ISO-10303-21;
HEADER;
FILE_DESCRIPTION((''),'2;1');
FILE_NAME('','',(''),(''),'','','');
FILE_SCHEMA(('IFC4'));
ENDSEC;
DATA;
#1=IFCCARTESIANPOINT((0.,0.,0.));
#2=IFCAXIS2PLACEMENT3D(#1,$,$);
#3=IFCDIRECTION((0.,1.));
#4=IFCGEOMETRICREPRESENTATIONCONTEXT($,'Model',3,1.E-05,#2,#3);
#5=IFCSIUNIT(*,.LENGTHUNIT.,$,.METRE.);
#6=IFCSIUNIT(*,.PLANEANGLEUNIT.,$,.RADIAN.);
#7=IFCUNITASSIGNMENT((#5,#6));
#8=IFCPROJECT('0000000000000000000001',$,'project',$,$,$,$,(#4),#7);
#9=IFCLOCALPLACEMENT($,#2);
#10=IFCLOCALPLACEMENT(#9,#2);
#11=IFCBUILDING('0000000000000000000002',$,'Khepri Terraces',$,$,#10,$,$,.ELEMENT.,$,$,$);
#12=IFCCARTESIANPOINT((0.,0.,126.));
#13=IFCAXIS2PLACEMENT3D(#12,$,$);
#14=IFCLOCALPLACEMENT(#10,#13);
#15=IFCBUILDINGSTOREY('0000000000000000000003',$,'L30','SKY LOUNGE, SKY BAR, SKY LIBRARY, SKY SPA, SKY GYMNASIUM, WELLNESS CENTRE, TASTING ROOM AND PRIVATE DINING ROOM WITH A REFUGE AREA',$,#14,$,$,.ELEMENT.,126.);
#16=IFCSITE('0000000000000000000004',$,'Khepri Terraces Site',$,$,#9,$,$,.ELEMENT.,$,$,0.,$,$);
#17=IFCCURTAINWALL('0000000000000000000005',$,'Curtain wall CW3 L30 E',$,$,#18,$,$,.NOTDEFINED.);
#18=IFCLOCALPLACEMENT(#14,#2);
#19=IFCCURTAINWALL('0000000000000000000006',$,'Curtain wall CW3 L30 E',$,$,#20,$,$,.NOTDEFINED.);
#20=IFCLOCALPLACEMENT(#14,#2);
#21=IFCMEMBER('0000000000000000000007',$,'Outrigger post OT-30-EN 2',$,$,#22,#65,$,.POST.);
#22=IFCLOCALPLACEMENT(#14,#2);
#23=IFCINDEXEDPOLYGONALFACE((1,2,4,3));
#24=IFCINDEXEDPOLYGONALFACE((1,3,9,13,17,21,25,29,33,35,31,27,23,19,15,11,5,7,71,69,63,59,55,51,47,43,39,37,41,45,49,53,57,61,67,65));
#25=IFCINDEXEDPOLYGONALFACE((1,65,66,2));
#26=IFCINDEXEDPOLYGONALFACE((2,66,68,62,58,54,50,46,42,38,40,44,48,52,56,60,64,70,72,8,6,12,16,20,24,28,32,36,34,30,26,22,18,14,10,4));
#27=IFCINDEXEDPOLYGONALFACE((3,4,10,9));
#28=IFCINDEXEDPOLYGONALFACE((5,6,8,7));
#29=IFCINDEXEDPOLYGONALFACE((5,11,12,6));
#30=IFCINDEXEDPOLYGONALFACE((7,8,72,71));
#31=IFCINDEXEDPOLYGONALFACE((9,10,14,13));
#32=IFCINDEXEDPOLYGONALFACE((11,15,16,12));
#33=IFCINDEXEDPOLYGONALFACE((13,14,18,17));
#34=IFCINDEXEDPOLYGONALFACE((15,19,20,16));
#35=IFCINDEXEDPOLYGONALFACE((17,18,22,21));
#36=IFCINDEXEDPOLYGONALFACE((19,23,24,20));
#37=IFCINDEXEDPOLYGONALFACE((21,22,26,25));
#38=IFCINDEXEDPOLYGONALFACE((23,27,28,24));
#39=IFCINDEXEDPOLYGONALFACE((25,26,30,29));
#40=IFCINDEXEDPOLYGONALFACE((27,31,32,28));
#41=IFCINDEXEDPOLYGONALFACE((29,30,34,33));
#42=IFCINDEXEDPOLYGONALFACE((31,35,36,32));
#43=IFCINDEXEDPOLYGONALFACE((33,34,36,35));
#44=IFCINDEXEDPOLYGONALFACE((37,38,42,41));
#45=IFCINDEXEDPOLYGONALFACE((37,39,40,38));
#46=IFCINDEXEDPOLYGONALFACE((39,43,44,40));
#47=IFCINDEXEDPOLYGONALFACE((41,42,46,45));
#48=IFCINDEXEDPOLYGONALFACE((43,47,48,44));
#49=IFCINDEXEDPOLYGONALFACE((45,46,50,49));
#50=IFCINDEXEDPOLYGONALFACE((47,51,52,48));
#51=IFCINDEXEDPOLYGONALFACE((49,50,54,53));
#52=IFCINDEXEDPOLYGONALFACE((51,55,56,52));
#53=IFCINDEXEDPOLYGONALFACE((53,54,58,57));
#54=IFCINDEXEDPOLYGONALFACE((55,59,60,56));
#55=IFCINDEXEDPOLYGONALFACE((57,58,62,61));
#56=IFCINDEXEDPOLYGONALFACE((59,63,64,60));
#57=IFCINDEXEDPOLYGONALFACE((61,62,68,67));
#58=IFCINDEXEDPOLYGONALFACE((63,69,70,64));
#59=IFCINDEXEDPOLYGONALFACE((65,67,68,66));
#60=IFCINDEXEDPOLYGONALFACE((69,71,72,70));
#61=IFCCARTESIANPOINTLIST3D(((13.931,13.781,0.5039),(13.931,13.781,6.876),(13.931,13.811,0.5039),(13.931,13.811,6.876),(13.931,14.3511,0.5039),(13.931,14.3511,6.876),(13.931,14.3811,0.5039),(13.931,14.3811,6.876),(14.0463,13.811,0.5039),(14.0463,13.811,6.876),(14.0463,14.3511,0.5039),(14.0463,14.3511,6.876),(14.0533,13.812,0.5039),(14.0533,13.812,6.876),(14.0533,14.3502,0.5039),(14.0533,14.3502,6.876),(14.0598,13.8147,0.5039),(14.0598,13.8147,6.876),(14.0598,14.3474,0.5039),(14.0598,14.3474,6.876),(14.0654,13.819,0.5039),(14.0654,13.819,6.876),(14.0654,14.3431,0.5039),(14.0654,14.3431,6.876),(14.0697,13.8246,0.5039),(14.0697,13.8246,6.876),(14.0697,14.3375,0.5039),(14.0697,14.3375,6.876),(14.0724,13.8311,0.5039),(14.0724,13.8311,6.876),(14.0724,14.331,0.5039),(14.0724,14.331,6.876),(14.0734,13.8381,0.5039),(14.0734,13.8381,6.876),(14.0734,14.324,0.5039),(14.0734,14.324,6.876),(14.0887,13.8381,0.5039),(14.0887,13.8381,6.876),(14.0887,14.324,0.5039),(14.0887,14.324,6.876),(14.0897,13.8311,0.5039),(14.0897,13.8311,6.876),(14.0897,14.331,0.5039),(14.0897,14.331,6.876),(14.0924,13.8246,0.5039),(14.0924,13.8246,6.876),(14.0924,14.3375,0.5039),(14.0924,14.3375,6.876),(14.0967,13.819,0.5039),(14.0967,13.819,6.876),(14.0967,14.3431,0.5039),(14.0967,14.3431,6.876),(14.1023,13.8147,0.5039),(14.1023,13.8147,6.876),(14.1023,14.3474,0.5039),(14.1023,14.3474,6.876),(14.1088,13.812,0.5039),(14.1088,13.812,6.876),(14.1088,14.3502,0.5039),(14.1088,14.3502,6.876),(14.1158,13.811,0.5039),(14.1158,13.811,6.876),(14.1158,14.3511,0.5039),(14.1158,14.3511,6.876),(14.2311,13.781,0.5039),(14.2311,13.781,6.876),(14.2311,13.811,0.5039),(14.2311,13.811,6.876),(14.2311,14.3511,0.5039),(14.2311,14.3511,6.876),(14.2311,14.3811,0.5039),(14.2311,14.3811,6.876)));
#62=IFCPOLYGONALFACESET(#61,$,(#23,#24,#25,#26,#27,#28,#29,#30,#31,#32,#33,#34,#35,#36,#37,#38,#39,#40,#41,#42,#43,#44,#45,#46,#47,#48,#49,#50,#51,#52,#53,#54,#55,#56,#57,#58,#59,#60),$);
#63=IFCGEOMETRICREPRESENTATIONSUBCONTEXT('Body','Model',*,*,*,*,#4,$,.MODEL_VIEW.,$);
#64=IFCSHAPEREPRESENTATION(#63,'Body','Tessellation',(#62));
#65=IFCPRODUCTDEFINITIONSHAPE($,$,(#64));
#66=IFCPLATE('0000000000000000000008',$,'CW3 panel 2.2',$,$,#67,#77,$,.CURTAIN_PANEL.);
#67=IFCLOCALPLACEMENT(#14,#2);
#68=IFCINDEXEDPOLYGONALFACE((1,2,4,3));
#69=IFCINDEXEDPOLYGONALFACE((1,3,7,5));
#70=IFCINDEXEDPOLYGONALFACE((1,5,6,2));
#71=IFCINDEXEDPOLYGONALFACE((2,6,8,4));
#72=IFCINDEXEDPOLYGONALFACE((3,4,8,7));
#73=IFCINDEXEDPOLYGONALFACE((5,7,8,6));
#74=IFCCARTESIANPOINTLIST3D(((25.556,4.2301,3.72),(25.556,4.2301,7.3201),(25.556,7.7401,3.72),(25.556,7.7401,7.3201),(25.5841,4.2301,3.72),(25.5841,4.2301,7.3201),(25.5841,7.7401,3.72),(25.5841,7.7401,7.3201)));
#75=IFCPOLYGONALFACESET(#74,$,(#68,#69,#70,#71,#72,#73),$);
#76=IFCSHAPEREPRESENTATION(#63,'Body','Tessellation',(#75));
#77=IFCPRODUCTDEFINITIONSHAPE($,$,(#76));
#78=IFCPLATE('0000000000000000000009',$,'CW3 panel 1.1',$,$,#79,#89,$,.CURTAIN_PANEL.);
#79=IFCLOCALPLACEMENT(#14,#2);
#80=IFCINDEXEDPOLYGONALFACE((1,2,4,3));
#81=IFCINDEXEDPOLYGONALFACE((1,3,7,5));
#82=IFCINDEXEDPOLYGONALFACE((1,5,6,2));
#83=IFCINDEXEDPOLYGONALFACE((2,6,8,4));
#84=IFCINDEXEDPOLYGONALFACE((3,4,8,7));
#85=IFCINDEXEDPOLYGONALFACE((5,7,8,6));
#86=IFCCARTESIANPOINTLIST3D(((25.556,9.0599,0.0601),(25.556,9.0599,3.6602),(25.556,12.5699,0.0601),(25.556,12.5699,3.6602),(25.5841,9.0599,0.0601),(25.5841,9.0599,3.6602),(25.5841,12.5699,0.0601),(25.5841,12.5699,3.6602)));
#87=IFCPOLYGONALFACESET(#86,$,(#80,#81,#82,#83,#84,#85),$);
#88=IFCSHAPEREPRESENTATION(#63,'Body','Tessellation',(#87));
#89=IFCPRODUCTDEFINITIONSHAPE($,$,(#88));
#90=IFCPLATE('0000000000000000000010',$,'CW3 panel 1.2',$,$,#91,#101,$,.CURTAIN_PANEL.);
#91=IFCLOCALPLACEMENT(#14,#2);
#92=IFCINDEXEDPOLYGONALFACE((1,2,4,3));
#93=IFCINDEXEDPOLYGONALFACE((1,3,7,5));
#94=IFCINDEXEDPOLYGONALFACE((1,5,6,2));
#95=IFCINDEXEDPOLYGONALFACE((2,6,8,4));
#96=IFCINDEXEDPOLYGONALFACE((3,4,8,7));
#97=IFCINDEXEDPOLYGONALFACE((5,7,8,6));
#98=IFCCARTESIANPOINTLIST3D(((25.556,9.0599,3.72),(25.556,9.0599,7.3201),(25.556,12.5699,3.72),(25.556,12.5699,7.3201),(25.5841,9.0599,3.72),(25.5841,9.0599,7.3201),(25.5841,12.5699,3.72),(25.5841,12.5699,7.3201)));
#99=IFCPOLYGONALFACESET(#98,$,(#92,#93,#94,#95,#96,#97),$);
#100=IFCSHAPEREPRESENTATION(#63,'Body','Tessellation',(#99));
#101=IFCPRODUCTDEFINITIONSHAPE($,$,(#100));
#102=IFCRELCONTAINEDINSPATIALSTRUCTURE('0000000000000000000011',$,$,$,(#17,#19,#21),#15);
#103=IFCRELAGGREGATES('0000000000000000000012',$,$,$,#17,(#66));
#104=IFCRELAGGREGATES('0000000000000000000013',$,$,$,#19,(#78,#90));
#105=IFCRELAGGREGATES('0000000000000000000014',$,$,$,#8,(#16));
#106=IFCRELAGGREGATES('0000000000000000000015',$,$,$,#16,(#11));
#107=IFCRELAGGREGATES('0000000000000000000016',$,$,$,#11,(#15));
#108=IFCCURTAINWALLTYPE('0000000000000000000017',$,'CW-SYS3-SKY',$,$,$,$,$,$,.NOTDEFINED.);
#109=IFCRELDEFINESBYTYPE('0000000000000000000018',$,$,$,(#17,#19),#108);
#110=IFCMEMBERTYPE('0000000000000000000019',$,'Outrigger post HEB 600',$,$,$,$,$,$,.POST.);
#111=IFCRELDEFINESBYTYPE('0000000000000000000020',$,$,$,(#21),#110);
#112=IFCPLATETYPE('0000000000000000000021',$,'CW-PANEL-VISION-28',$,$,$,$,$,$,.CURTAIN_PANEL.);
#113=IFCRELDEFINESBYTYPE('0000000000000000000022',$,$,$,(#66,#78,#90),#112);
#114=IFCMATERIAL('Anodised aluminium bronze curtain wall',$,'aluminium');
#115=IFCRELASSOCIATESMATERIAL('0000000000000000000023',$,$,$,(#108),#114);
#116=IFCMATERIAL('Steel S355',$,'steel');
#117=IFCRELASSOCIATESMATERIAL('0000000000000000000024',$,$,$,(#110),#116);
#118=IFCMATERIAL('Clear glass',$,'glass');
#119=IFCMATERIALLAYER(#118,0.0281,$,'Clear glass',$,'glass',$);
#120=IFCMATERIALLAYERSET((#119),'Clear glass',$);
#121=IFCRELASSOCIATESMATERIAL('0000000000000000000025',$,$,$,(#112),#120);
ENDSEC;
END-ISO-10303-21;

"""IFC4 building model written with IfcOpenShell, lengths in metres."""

from ifc_helpers import new_model, si_unit, direction, frame, origin, origin_2d, place, context, subcontext, project, spatial, rectangle, i_section, extrude, material, layer, layer_set, material_profile, profile_set, type_object, element, aggregate, save


model = new_model("IFC4")

# Units and contexts
model_context = context("Model", 3, precision=1e-05, world=origin(), true_north=direction((0.0, 1.0)))
body_context = subcontext(model_context, "Body", "Model", "MODEL_VIEW")
ifc_project = project(units=[si_unit("LENGTHUNIT", "METRE"), si_unit("PLANEANGLEUNIT", "RADIAN")], contexts=[model_context])

# Site, building, storey
site_placement = place(None, origin())
site = spatial("IfcSite", under=ifc_project, at=site_placement, Name="Khepri Terraces Site", CompositionType="ELEMENT", RefElevation=0.0)
building_placement = place(site_placement, origin())
building = spatial("IfcBuilding", under=site, at=building_placement, Name="Khepri Terraces", CompositionType="ELEMENT")
storey_placement = place(building_placement, frame((0.0, 0.0, 126.0)))
storey = spatial("IfcBuildingStorey", under=building, at=storey_placement, Name="L30", Description="SKY LOUNGE, SKY BAR, SKY LIBRARY, SKY SPA, SKY GYMNASIUM, WELLNESS CENTRE, TASTING ROOM AND PRIVATE DINING ROOM WITH A REFUGE AREA", CompositionType="ELEMENT", Elevation=126.0)

# Shared definitions
ifc_material_1 = material(Name="Steel S355", Category="steel")

# Curtain wall
ifc_material_2 = material(Name="Anodised aluminium bronze curtain wall", Category="aluminium")
curtain_wall_type = type_object("IfcCurtainWallType", Name="CW-SYS3-SKY", PredefinedType="NOTDEFINED", material=ifc_material_2)
curtain_wall_1_placement = place(storey_placement, origin())
curtain_wall_1 = element("IfcCurtainWall", 1, at=curtain_wall_1_placement, inside=storey, type_object=curtain_wall_type, Name="Curtain wall CW3 L30 E", PredefinedType="NOTDEFINED")

# Curtain wall
curtain_wall_2_placement = place(storey_placement, origin())
curtain_wall_2 = element("IfcCurtainWall", 2, at=curtain_wall_2_placement, inside=storey, type_object=curtain_wall_type, Name="Curtain wall CW3 L30 E", PredefinedType="NOTDEFINED")

# Member
ifc_material_profile_1 = material_profile(ifc_material_1, i_section(OverallWidth=0.3, OverallDepth=0.6001, WebThickness=0.0154, FlangeThickness=0.03, FilletRadius=0.0271, at=origin_2d()), Name="Steel S355", Category="steel")
ifc_profile_set_1 = profile_set([ifc_material_profile_1], Name="Steel S355")
member_type_1 = type_object("IfcMemberType", Name="Outrigger post HEB 600", PredefinedType="POST", material=ifc_profile_set_1)
member_1_placement = place(storey_placement, frame((14.0811, 14.0811, 0.5039), z_axis=(0.0, 0.0, 1.0), x_axis=(1.0, 0.0, 0.0)))
element("IfcMember", 3, at=member_1_placement, inside=storey, type_object=member_type_1, Name="Outrigger post OT-30-EN 2", PredefinedType="POST", context=body_context, shape_type="SweptSolid", body=[
    extrude(i_section(OverallWidth=0.3, OverallDepth=0.6001, WebThickness=0.0154, FlangeThickness=0.03, FilletRadius=0.0271, at=origin_2d()), origin(), (0.0, 0.0, 1.0), 6.3721),
])

# Plates
ifc_material_3 = material(Name="Clear glass", Category="glass")
ifc_layer = layer(ifc_material_3, 0.0281, Name="Clear glass", Category="glass")
ifc_layer_set = layer_set([ifc_layer], Name="Clear glass")
plate_type = type_object("IfcPlateType", Name="CW-PANEL-VISION-28", PredefinedType="CURTAIN_PANEL", material=ifc_layer_set)
plate_1_placement = place(storey_placement, frame((25.5701, 5.9851, 3.72), z_axis=(0.0, 0.0, 1.0), x_axis=(0.0, 1.0, 0.0)))
plate_1 = element("IfcPlate", 4, at=plate_1_placement, type_object=plate_type, Name="CW3 panel 2.2", PredefinedType="CURTAIN_PANEL", context=body_context, shape_type="SweptSolid", body=[
    extrude(rectangle(XDim=3.51, YDim=0.0281, at=origin_2d()), origin(), (0.0, 0.0, 1.0), 3.6001),
])
aggregate(curtain_wall_1, [plate_1])
plate_2_placement = place(storey_placement, frame((25.5701, 10.8149, 0.0601), z_axis=(0.0, 0.0, 1.0), x_axis=(0.0, 1.0, 0.0)))
plate_2 = element("IfcPlate", 5, at=plate_2_placement, type_object=plate_type, Name="CW3 panel 1.1", PredefinedType="CURTAIN_PANEL", context=body_context, shape_type="SweptSolid", body=[
    extrude(rectangle(XDim=3.51, YDim=0.0281, at=origin_2d()), origin(), (0.0, 0.0, 1.0), 3.6001),
])
plate_3_placement = place(storey_placement, frame((25.5701, 10.8149, 3.72), z_axis=(0.0, 0.0, 1.0), x_axis=(0.0, 1.0, 0.0)))
plate_3 = element("IfcPlate", 6, at=plate_3_placement, type_object=plate_type, Name="CW3 panel 1.2", PredefinedType="CURTAIN_PANEL", context=body_context, shape_type="SweptSolid", body=[
    extrude(rectangle(XDim=3.51, YDim=0.0281, at=origin_2d()), origin(), (0.0, 0.0, 1.0), 3.6001),
])
aggregate(curtain_wall_2, [plate_2, plate_3])

save(model, "model.ifc")
